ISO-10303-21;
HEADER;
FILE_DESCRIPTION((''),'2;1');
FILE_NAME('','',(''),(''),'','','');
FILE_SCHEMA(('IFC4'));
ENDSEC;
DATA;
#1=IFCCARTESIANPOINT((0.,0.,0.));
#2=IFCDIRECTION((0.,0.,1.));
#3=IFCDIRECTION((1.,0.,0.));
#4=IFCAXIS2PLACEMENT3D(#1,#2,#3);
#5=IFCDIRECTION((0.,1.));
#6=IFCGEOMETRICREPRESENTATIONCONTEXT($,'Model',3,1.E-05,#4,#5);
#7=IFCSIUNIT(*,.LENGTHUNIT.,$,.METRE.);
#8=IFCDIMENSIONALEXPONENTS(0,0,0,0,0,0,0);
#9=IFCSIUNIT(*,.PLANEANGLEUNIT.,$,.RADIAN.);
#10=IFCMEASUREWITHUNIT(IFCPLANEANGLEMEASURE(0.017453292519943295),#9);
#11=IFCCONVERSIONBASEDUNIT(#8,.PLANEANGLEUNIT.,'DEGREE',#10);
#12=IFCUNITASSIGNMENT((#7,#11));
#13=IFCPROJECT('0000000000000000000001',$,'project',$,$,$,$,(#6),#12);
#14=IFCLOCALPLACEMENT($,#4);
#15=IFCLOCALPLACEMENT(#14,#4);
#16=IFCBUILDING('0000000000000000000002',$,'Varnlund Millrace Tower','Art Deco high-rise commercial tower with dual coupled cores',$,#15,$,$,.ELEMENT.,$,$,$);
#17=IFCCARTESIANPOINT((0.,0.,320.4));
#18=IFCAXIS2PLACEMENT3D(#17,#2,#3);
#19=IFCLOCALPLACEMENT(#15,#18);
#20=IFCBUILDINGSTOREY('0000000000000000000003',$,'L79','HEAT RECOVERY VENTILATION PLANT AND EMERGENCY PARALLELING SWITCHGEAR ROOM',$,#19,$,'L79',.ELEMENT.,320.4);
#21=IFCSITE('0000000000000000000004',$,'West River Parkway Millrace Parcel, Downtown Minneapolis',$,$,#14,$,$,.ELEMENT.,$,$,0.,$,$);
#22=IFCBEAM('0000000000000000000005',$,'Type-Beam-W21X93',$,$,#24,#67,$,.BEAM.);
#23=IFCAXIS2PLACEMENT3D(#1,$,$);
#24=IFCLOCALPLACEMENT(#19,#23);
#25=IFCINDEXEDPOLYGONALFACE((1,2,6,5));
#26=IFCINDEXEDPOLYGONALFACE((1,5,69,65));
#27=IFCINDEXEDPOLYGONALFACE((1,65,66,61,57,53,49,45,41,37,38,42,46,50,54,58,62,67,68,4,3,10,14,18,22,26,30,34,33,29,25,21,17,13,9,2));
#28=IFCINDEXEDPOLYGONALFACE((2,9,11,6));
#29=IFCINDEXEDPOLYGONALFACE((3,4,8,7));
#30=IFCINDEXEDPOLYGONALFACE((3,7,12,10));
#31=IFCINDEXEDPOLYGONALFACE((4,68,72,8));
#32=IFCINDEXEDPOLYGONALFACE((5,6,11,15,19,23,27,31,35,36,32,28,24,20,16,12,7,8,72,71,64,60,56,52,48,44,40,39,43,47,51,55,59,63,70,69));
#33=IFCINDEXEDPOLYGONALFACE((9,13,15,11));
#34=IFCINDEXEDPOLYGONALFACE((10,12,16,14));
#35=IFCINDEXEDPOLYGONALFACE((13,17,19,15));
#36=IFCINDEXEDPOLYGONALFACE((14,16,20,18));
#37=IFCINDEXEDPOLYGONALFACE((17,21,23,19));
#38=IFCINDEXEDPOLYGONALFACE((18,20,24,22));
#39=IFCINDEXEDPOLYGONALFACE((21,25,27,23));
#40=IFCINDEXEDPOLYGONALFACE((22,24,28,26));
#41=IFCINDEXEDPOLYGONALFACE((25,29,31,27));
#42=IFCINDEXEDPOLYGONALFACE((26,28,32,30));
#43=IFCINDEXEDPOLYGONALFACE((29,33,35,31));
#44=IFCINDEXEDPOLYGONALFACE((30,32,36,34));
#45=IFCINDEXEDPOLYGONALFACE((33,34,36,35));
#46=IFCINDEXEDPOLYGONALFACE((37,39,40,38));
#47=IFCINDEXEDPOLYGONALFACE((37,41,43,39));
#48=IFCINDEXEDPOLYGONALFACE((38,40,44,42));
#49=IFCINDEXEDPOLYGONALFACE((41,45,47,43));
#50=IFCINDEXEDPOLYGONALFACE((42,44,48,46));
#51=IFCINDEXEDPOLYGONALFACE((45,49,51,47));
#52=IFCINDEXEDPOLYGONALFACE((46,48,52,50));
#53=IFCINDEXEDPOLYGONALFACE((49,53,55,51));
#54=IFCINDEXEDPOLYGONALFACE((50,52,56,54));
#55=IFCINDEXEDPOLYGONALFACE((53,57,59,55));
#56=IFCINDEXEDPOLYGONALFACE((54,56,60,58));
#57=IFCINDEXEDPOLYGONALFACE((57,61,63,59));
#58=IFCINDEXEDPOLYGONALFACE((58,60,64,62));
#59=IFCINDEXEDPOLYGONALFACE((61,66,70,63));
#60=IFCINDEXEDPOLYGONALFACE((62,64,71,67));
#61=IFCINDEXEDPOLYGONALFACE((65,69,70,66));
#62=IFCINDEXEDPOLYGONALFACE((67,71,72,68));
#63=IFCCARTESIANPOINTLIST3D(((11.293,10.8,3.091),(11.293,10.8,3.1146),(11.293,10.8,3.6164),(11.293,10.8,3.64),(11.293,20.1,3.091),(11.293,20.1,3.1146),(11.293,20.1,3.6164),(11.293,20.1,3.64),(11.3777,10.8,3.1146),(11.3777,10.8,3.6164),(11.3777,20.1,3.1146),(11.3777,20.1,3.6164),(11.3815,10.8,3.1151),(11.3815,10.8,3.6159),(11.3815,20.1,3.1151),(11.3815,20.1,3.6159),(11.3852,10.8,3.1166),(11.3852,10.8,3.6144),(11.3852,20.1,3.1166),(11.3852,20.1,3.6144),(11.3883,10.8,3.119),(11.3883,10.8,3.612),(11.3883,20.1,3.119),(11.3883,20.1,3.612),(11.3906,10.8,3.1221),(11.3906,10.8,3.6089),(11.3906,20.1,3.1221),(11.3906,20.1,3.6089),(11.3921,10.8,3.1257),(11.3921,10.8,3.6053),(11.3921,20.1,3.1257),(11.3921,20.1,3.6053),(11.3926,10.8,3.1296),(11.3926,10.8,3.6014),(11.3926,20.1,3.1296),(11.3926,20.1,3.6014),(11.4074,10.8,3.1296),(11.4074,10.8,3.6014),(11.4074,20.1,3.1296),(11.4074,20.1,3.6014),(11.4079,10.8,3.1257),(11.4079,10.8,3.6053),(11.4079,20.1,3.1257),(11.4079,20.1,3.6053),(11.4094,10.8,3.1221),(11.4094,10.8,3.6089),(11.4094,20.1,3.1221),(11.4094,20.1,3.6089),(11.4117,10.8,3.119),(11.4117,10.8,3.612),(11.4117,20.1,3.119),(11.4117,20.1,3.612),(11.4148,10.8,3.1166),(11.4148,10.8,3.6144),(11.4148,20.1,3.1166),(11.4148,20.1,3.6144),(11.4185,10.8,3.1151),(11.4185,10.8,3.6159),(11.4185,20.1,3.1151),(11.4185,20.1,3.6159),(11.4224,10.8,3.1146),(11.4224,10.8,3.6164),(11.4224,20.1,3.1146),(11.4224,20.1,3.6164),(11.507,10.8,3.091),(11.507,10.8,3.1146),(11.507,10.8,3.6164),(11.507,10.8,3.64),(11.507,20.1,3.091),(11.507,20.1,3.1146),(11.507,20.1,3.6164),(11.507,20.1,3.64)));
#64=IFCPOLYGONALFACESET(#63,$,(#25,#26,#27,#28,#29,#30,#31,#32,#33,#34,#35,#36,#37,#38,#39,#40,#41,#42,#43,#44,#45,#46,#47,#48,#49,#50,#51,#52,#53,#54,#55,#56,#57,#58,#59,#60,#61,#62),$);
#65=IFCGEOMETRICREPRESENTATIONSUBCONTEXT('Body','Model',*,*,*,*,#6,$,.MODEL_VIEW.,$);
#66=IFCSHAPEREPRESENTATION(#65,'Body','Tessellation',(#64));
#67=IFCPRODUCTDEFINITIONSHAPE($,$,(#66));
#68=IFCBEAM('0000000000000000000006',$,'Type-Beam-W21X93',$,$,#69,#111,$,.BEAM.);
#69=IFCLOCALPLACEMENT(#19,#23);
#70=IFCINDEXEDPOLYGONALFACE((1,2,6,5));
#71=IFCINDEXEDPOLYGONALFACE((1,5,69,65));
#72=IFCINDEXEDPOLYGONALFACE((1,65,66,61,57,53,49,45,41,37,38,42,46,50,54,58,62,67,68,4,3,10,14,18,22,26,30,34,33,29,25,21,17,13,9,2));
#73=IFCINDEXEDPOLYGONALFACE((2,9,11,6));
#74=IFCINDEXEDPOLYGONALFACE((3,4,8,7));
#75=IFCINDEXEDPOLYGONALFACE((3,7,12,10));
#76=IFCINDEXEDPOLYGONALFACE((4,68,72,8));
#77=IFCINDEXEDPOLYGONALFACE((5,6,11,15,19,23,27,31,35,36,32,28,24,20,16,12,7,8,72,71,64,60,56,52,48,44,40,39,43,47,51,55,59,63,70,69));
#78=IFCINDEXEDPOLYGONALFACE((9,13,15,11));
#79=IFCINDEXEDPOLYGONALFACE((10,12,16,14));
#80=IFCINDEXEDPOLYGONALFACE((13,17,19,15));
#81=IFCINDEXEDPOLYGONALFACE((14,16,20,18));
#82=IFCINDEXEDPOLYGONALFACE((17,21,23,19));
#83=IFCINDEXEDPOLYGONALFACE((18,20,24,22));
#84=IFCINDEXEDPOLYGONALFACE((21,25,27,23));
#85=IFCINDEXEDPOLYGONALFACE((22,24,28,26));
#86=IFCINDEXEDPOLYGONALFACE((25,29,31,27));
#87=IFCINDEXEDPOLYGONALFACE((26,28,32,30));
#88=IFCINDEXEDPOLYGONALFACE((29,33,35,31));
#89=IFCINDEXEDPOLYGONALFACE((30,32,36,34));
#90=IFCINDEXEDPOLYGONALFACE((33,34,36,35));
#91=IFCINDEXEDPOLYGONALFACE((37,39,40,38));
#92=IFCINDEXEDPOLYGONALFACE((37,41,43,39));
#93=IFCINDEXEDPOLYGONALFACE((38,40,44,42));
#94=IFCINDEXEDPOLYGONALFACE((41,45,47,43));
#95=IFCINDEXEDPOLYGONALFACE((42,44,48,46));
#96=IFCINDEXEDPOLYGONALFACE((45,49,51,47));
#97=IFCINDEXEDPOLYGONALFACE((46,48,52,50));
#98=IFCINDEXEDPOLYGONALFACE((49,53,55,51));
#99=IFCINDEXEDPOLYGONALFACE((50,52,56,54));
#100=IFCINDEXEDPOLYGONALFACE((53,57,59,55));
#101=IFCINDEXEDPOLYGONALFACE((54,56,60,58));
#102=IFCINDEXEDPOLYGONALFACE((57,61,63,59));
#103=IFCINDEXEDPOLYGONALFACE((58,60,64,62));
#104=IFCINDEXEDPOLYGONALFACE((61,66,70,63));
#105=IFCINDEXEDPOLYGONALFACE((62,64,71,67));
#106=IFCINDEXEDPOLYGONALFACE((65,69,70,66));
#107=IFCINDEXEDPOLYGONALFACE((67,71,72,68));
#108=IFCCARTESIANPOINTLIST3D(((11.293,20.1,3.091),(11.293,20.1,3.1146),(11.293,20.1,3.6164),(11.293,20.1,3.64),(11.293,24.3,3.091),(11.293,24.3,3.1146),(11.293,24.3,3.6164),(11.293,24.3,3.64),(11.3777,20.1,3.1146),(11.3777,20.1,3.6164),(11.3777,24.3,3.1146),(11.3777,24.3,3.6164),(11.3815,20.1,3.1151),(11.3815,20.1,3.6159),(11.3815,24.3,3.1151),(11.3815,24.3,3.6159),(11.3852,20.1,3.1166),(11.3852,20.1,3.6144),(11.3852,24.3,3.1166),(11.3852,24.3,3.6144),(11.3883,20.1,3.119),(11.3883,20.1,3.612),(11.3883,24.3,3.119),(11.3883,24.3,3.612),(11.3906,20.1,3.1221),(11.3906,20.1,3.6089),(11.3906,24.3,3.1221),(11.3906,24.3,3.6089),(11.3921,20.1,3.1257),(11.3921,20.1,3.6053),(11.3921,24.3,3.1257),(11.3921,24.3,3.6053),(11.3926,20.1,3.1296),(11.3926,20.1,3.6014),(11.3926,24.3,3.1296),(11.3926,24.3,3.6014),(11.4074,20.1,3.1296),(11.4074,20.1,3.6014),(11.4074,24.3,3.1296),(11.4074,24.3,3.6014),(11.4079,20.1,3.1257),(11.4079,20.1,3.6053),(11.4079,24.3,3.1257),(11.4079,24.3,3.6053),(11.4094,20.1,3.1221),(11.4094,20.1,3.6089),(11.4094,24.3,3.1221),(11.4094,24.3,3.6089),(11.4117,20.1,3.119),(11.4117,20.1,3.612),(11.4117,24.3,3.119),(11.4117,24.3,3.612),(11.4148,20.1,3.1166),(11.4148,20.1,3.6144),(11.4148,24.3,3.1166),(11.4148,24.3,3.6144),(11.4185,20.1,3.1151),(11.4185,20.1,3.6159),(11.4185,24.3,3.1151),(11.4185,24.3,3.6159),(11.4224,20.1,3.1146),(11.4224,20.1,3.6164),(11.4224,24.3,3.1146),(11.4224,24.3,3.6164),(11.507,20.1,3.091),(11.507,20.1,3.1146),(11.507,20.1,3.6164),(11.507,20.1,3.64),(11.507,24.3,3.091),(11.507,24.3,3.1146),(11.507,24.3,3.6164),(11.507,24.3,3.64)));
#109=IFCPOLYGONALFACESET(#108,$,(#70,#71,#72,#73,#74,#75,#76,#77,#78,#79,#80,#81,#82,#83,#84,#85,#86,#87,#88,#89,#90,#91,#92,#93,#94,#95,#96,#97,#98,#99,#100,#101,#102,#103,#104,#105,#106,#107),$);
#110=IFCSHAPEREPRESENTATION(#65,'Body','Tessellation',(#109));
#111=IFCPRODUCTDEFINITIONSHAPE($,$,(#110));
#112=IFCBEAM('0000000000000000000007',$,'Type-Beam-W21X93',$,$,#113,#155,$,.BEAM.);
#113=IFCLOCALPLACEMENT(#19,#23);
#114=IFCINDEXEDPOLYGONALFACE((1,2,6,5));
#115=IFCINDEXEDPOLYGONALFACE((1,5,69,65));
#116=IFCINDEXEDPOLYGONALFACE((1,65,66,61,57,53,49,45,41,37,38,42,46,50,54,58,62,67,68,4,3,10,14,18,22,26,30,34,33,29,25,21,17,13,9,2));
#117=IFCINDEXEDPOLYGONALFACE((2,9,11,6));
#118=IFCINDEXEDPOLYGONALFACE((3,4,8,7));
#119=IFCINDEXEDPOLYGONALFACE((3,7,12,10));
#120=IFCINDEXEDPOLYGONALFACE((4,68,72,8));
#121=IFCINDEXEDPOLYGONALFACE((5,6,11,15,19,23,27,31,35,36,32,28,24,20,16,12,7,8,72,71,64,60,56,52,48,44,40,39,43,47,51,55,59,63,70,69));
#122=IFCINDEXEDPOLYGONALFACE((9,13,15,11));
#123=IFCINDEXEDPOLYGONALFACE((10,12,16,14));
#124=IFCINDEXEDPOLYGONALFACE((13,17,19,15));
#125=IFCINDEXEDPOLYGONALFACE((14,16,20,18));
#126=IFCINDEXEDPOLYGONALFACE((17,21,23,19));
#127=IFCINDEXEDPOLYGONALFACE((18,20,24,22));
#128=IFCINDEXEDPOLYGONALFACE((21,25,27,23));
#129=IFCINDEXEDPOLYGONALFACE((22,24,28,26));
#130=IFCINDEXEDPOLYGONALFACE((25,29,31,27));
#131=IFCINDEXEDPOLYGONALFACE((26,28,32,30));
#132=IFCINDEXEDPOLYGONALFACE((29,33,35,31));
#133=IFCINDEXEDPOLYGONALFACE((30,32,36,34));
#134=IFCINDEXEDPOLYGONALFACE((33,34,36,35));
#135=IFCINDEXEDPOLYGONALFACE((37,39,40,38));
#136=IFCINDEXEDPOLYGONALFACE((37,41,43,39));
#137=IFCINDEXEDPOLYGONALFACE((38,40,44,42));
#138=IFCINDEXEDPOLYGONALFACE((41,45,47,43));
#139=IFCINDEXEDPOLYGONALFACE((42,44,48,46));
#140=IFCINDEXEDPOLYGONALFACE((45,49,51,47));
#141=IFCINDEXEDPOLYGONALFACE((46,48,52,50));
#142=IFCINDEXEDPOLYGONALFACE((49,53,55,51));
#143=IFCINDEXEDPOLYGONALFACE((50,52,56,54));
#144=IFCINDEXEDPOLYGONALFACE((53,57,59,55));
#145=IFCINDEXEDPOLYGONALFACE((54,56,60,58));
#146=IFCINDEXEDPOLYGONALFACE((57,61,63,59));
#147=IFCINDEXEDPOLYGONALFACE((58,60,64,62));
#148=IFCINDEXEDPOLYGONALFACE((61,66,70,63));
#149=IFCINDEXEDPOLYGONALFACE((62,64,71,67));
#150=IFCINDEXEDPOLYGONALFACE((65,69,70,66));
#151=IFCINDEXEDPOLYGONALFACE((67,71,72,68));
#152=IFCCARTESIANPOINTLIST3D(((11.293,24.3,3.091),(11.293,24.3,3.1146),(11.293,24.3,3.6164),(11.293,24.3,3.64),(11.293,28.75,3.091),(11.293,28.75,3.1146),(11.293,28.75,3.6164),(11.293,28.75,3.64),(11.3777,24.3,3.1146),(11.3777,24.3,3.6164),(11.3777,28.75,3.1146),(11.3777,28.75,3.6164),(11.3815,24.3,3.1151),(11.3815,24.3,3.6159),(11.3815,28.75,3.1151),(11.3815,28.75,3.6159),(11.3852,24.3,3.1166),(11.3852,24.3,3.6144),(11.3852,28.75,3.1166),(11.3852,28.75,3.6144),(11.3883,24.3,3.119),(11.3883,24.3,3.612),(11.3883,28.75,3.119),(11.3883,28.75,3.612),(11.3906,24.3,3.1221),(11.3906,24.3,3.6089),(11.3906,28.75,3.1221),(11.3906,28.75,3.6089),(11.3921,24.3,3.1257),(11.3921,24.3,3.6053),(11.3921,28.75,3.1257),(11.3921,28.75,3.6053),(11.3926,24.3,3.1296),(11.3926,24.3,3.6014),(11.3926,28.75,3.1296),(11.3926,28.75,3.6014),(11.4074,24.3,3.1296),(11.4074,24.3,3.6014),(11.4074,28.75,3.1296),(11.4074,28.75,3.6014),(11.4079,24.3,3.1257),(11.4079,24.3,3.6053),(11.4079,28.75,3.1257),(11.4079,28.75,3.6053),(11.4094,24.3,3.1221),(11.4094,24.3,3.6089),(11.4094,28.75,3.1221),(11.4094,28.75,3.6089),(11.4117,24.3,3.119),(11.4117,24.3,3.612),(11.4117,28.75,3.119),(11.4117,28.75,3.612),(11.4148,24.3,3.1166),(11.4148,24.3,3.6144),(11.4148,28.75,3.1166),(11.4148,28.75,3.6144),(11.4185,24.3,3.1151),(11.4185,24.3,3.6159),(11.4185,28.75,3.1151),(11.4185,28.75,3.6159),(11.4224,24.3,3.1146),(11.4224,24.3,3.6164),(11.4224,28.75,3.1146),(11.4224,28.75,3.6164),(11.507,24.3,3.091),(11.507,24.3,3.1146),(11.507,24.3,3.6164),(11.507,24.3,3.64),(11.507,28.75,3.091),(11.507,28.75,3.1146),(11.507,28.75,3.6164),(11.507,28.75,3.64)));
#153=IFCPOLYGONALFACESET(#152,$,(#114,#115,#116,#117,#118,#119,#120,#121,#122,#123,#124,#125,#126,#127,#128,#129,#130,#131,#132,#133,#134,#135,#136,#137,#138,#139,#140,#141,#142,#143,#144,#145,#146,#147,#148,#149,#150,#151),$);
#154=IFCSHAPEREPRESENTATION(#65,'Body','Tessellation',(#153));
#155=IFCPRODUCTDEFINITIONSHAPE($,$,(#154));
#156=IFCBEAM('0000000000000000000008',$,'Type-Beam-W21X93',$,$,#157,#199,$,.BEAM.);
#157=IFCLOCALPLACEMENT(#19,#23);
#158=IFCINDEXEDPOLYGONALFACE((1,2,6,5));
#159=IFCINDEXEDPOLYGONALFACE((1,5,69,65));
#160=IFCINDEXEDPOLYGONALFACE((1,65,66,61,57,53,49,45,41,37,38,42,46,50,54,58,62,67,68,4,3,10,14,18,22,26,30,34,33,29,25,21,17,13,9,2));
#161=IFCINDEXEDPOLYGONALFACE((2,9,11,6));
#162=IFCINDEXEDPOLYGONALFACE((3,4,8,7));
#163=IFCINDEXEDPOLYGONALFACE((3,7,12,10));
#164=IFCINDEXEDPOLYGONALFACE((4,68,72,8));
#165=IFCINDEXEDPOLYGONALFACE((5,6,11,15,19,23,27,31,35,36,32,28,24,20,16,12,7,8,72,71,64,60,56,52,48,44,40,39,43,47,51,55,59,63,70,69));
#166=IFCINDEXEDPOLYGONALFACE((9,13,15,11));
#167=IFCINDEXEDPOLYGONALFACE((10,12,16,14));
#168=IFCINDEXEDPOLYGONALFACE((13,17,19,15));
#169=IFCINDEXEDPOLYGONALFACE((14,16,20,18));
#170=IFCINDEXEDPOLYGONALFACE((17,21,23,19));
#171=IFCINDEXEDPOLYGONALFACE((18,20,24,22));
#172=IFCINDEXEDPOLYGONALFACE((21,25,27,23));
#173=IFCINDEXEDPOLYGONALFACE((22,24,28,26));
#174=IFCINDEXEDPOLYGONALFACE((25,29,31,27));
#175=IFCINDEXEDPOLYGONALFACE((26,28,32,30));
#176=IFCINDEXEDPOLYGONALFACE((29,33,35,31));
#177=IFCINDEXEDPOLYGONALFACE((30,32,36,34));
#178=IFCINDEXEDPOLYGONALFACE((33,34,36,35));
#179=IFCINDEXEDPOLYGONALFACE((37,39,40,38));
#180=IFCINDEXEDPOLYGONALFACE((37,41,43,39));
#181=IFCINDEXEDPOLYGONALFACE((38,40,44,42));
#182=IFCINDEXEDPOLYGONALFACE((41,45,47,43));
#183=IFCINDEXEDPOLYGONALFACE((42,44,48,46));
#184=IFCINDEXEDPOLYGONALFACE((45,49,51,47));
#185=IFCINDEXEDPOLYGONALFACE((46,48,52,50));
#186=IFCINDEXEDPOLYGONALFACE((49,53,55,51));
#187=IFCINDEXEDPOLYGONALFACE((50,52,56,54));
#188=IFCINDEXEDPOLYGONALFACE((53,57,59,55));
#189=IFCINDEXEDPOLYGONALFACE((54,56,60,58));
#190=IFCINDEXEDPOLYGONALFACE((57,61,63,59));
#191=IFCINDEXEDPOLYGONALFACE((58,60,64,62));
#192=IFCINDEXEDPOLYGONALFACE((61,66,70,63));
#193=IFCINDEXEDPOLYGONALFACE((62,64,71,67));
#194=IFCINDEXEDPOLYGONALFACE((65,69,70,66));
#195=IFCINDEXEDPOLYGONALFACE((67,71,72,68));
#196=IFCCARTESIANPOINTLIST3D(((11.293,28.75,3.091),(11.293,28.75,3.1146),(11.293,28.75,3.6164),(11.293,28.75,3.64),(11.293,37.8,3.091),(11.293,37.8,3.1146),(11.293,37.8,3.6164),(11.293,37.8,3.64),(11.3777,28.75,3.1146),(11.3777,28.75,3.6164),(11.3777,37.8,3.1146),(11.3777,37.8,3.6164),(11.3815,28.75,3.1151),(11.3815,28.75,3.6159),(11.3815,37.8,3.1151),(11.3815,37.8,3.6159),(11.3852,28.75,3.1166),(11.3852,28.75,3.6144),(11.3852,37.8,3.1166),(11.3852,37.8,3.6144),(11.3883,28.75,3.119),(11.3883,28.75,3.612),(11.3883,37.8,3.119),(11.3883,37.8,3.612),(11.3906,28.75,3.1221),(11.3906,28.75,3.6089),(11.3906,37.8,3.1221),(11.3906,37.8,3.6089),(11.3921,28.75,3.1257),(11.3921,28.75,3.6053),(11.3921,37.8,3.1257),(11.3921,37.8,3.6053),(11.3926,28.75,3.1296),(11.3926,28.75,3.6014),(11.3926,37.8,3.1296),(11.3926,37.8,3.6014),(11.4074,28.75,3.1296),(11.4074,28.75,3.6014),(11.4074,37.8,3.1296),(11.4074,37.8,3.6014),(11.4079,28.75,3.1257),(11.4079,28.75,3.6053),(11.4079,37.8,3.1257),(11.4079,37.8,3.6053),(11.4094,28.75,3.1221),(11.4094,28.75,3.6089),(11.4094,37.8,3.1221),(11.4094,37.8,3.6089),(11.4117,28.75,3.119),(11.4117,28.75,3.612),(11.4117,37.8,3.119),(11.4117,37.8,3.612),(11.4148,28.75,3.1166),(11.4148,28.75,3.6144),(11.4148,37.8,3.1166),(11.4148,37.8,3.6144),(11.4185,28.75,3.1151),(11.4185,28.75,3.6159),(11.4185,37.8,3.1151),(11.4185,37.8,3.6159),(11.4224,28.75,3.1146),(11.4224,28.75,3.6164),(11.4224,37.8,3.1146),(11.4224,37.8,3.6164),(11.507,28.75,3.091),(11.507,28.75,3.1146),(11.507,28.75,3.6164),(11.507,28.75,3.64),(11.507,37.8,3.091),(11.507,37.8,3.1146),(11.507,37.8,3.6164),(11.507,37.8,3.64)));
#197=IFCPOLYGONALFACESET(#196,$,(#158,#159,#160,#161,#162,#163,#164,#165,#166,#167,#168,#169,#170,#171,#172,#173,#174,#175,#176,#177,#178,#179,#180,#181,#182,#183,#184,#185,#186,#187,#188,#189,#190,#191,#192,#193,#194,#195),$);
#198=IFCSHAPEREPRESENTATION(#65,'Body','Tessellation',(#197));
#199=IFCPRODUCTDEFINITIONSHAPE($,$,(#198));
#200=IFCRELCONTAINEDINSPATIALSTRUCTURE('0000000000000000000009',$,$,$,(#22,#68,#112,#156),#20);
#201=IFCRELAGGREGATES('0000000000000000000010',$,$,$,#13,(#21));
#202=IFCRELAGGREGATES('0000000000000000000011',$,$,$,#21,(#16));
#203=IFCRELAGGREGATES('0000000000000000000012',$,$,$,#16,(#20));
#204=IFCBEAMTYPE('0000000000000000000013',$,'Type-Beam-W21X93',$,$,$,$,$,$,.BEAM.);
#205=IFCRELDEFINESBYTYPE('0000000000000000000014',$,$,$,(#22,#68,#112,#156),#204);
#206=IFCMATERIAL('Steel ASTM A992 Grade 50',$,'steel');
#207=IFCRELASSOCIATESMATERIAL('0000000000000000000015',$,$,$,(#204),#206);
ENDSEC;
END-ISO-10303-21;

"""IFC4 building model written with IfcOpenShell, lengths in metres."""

from ifc_helpers import new_model, entity, si_unit, converted_unit, direction, frame, origin_with_axes, origin_2d_with_axis, place, context, subcontext, project, spatial, i_section, extrude, material, material_profile, profile_set, type_object, element, save


model = new_model("IFC4")

# Units and contexts
model_context = context("Model", 3, precision=1e-05, world=origin_with_axes(), true_north=direction((0.0, 1.0)))
body_context = subcontext(model_context, "Body", "Model", "MODEL_VIEW")
ifc_project = project(units=[si_unit("LENGTHUNIT", "METRE"), converted_unit("PLANEANGLEUNIT", "DEGREE", entity("IfcPlaneAngleMeasure", 0.017453292519943295), si_unit("PLANEANGLEUNIT", "RADIAN"), dimensions=[0, 0, 0, 0, 0, 0, 0])], contexts=[model_context])

# Site, building, storey
site_placement = place(None, origin_with_axes())
site = spatial("IfcSite", under=ifc_project, at=site_placement, Name="West River Parkway Millrace Parcel, Downtown Minneapolis", CompositionType="ELEMENT", RefElevation=0.0)
building_placement = place(site_placement, origin_with_axes())
building = spatial("IfcBuilding", under=site, at=building_placement, Name="Varnlund Millrace Tower", Description="Art Deco high-rise commercial tower with dual coupled cores", CompositionType="ELEMENT")
storey_placement = place(building_placement, frame((0.0, 0.0, 320.4), z_axis=(0.0, 0.0, 1.0), x_axis=(1.0, 0.0, 0.0)))
storey = spatial("IfcBuildingStorey", under=building, at=storey_placement, Name="L79", Description="HEAT RECOVERY VENTILATION PLANT AND EMERGENCY PARALLELING SWITCHGEAR ROOM", LongName="L79", CompositionType="ELEMENT", Elevation=320.4)

# Beams
ifc_material_1 = material(Name="Steel ASTM A992 Grade 50", Category="steel")
ifc_material_profile_1 = material_profile(ifc_material_1, i_section(OverallWidth=0.214, OverallDepth=0.549, WebThickness=0.0147, FlangeThickness=0.0236, FilletRadius=0.015, at=origin_2d_with_axis()), Name="Steel ASTM A992 Grade 50")
ifc_profile_set_1 = profile_set([ifc_material_profile_1], Name="Steel ASTM A992 Grade 50")
beam_type_1 = type_object("IfcBeamType", Name="Type-Beam-W21X93", PredefinedType="BEAM", material=ifc_profile_set_1)
beam_1_placement = place(storey_placement, frame((11.4, 10.8, 3.3655), z_axis=(0.0, 1.0, 0.0), x_axis=(-1.0, 0.0, 0.0)))
element("IfcBeam", 1, at=beam_1_placement, inside=storey, type_object=beam_type_1, Name="Type-Beam-W21X93", PredefinedType="BEAM", context=body_context, shape_type="SweptSolid", body=[
    extrude(i_section(OverallWidth=0.214, OverallDepth=0.549, WebThickness=0.0147, FlangeThickness=0.0236, FilletRadius=0.015, at=origin_2d_with_axis()), origin_with_axes(), (0.0, 0.0, 1.0), 9.3),
])
beam_2_placement = place(storey_placement, frame((11.4, 20.1, 3.3655), z_axis=(0.0, 1.0, 0.0), x_axis=(-1.0, 0.0, 0.0)))
element("IfcBeam", 2, at=beam_2_placement, inside=storey, type_object=beam_type_1, Name="Type-Beam-W21X93", PredefinedType="BEAM", context=body_context, shape_type="SweptSolid", body=[
    extrude(i_section(OverallWidth=0.214, OverallDepth=0.549, WebThickness=0.0147, FlangeThickness=0.0236, FilletRadius=0.015, at=origin_2d_with_axis()), origin_with_axes(), (0.0, 0.0, 1.0), 4.2),
])
beam_3_placement = place(storey_placement, frame((11.4, 24.3, 3.3655), z_axis=(0.0, 1.0, 0.0), x_axis=(-1.0, 0.0, 0.0)))
element("IfcBeam", 3, at=beam_3_placement, inside=storey, type_object=beam_type_1, Name="Type-Beam-W21X93", PredefinedType="BEAM", context=body_context, shape_type="SweptSolid", body=[
    extrude(i_section(OverallWidth=0.214, OverallDepth=0.549, WebThickness=0.0147, FlangeThickness=0.0236, FilletRadius=0.015, at=origin_2d_with_axis()), origin_with_axes(), (0.0, 0.0, 1.0), 4.45),
])
beam_4_placement = place(storey_placement, frame((11.4, 28.75, 3.3655), z_axis=(0.0, 1.0, 0.0), x_axis=(-1.0, 0.0, 0.0)))
element("IfcBeam", 4, at=beam_4_placement, inside=storey, type_object=beam_type_1, Name="Type-Beam-W21X93", PredefinedType="BEAM", context=body_context, shape_type="SweptSolid", body=[
    extrude(i_section(OverallWidth=0.214, OverallDepth=0.549, WebThickness=0.0147, FlangeThickness=0.0236, FilletRadius=0.015, at=origin_2d_with_axis()), origin_with_axes(), (0.0, 0.0, 1.0), 9.05),
])

save(model, "model.ifc")
